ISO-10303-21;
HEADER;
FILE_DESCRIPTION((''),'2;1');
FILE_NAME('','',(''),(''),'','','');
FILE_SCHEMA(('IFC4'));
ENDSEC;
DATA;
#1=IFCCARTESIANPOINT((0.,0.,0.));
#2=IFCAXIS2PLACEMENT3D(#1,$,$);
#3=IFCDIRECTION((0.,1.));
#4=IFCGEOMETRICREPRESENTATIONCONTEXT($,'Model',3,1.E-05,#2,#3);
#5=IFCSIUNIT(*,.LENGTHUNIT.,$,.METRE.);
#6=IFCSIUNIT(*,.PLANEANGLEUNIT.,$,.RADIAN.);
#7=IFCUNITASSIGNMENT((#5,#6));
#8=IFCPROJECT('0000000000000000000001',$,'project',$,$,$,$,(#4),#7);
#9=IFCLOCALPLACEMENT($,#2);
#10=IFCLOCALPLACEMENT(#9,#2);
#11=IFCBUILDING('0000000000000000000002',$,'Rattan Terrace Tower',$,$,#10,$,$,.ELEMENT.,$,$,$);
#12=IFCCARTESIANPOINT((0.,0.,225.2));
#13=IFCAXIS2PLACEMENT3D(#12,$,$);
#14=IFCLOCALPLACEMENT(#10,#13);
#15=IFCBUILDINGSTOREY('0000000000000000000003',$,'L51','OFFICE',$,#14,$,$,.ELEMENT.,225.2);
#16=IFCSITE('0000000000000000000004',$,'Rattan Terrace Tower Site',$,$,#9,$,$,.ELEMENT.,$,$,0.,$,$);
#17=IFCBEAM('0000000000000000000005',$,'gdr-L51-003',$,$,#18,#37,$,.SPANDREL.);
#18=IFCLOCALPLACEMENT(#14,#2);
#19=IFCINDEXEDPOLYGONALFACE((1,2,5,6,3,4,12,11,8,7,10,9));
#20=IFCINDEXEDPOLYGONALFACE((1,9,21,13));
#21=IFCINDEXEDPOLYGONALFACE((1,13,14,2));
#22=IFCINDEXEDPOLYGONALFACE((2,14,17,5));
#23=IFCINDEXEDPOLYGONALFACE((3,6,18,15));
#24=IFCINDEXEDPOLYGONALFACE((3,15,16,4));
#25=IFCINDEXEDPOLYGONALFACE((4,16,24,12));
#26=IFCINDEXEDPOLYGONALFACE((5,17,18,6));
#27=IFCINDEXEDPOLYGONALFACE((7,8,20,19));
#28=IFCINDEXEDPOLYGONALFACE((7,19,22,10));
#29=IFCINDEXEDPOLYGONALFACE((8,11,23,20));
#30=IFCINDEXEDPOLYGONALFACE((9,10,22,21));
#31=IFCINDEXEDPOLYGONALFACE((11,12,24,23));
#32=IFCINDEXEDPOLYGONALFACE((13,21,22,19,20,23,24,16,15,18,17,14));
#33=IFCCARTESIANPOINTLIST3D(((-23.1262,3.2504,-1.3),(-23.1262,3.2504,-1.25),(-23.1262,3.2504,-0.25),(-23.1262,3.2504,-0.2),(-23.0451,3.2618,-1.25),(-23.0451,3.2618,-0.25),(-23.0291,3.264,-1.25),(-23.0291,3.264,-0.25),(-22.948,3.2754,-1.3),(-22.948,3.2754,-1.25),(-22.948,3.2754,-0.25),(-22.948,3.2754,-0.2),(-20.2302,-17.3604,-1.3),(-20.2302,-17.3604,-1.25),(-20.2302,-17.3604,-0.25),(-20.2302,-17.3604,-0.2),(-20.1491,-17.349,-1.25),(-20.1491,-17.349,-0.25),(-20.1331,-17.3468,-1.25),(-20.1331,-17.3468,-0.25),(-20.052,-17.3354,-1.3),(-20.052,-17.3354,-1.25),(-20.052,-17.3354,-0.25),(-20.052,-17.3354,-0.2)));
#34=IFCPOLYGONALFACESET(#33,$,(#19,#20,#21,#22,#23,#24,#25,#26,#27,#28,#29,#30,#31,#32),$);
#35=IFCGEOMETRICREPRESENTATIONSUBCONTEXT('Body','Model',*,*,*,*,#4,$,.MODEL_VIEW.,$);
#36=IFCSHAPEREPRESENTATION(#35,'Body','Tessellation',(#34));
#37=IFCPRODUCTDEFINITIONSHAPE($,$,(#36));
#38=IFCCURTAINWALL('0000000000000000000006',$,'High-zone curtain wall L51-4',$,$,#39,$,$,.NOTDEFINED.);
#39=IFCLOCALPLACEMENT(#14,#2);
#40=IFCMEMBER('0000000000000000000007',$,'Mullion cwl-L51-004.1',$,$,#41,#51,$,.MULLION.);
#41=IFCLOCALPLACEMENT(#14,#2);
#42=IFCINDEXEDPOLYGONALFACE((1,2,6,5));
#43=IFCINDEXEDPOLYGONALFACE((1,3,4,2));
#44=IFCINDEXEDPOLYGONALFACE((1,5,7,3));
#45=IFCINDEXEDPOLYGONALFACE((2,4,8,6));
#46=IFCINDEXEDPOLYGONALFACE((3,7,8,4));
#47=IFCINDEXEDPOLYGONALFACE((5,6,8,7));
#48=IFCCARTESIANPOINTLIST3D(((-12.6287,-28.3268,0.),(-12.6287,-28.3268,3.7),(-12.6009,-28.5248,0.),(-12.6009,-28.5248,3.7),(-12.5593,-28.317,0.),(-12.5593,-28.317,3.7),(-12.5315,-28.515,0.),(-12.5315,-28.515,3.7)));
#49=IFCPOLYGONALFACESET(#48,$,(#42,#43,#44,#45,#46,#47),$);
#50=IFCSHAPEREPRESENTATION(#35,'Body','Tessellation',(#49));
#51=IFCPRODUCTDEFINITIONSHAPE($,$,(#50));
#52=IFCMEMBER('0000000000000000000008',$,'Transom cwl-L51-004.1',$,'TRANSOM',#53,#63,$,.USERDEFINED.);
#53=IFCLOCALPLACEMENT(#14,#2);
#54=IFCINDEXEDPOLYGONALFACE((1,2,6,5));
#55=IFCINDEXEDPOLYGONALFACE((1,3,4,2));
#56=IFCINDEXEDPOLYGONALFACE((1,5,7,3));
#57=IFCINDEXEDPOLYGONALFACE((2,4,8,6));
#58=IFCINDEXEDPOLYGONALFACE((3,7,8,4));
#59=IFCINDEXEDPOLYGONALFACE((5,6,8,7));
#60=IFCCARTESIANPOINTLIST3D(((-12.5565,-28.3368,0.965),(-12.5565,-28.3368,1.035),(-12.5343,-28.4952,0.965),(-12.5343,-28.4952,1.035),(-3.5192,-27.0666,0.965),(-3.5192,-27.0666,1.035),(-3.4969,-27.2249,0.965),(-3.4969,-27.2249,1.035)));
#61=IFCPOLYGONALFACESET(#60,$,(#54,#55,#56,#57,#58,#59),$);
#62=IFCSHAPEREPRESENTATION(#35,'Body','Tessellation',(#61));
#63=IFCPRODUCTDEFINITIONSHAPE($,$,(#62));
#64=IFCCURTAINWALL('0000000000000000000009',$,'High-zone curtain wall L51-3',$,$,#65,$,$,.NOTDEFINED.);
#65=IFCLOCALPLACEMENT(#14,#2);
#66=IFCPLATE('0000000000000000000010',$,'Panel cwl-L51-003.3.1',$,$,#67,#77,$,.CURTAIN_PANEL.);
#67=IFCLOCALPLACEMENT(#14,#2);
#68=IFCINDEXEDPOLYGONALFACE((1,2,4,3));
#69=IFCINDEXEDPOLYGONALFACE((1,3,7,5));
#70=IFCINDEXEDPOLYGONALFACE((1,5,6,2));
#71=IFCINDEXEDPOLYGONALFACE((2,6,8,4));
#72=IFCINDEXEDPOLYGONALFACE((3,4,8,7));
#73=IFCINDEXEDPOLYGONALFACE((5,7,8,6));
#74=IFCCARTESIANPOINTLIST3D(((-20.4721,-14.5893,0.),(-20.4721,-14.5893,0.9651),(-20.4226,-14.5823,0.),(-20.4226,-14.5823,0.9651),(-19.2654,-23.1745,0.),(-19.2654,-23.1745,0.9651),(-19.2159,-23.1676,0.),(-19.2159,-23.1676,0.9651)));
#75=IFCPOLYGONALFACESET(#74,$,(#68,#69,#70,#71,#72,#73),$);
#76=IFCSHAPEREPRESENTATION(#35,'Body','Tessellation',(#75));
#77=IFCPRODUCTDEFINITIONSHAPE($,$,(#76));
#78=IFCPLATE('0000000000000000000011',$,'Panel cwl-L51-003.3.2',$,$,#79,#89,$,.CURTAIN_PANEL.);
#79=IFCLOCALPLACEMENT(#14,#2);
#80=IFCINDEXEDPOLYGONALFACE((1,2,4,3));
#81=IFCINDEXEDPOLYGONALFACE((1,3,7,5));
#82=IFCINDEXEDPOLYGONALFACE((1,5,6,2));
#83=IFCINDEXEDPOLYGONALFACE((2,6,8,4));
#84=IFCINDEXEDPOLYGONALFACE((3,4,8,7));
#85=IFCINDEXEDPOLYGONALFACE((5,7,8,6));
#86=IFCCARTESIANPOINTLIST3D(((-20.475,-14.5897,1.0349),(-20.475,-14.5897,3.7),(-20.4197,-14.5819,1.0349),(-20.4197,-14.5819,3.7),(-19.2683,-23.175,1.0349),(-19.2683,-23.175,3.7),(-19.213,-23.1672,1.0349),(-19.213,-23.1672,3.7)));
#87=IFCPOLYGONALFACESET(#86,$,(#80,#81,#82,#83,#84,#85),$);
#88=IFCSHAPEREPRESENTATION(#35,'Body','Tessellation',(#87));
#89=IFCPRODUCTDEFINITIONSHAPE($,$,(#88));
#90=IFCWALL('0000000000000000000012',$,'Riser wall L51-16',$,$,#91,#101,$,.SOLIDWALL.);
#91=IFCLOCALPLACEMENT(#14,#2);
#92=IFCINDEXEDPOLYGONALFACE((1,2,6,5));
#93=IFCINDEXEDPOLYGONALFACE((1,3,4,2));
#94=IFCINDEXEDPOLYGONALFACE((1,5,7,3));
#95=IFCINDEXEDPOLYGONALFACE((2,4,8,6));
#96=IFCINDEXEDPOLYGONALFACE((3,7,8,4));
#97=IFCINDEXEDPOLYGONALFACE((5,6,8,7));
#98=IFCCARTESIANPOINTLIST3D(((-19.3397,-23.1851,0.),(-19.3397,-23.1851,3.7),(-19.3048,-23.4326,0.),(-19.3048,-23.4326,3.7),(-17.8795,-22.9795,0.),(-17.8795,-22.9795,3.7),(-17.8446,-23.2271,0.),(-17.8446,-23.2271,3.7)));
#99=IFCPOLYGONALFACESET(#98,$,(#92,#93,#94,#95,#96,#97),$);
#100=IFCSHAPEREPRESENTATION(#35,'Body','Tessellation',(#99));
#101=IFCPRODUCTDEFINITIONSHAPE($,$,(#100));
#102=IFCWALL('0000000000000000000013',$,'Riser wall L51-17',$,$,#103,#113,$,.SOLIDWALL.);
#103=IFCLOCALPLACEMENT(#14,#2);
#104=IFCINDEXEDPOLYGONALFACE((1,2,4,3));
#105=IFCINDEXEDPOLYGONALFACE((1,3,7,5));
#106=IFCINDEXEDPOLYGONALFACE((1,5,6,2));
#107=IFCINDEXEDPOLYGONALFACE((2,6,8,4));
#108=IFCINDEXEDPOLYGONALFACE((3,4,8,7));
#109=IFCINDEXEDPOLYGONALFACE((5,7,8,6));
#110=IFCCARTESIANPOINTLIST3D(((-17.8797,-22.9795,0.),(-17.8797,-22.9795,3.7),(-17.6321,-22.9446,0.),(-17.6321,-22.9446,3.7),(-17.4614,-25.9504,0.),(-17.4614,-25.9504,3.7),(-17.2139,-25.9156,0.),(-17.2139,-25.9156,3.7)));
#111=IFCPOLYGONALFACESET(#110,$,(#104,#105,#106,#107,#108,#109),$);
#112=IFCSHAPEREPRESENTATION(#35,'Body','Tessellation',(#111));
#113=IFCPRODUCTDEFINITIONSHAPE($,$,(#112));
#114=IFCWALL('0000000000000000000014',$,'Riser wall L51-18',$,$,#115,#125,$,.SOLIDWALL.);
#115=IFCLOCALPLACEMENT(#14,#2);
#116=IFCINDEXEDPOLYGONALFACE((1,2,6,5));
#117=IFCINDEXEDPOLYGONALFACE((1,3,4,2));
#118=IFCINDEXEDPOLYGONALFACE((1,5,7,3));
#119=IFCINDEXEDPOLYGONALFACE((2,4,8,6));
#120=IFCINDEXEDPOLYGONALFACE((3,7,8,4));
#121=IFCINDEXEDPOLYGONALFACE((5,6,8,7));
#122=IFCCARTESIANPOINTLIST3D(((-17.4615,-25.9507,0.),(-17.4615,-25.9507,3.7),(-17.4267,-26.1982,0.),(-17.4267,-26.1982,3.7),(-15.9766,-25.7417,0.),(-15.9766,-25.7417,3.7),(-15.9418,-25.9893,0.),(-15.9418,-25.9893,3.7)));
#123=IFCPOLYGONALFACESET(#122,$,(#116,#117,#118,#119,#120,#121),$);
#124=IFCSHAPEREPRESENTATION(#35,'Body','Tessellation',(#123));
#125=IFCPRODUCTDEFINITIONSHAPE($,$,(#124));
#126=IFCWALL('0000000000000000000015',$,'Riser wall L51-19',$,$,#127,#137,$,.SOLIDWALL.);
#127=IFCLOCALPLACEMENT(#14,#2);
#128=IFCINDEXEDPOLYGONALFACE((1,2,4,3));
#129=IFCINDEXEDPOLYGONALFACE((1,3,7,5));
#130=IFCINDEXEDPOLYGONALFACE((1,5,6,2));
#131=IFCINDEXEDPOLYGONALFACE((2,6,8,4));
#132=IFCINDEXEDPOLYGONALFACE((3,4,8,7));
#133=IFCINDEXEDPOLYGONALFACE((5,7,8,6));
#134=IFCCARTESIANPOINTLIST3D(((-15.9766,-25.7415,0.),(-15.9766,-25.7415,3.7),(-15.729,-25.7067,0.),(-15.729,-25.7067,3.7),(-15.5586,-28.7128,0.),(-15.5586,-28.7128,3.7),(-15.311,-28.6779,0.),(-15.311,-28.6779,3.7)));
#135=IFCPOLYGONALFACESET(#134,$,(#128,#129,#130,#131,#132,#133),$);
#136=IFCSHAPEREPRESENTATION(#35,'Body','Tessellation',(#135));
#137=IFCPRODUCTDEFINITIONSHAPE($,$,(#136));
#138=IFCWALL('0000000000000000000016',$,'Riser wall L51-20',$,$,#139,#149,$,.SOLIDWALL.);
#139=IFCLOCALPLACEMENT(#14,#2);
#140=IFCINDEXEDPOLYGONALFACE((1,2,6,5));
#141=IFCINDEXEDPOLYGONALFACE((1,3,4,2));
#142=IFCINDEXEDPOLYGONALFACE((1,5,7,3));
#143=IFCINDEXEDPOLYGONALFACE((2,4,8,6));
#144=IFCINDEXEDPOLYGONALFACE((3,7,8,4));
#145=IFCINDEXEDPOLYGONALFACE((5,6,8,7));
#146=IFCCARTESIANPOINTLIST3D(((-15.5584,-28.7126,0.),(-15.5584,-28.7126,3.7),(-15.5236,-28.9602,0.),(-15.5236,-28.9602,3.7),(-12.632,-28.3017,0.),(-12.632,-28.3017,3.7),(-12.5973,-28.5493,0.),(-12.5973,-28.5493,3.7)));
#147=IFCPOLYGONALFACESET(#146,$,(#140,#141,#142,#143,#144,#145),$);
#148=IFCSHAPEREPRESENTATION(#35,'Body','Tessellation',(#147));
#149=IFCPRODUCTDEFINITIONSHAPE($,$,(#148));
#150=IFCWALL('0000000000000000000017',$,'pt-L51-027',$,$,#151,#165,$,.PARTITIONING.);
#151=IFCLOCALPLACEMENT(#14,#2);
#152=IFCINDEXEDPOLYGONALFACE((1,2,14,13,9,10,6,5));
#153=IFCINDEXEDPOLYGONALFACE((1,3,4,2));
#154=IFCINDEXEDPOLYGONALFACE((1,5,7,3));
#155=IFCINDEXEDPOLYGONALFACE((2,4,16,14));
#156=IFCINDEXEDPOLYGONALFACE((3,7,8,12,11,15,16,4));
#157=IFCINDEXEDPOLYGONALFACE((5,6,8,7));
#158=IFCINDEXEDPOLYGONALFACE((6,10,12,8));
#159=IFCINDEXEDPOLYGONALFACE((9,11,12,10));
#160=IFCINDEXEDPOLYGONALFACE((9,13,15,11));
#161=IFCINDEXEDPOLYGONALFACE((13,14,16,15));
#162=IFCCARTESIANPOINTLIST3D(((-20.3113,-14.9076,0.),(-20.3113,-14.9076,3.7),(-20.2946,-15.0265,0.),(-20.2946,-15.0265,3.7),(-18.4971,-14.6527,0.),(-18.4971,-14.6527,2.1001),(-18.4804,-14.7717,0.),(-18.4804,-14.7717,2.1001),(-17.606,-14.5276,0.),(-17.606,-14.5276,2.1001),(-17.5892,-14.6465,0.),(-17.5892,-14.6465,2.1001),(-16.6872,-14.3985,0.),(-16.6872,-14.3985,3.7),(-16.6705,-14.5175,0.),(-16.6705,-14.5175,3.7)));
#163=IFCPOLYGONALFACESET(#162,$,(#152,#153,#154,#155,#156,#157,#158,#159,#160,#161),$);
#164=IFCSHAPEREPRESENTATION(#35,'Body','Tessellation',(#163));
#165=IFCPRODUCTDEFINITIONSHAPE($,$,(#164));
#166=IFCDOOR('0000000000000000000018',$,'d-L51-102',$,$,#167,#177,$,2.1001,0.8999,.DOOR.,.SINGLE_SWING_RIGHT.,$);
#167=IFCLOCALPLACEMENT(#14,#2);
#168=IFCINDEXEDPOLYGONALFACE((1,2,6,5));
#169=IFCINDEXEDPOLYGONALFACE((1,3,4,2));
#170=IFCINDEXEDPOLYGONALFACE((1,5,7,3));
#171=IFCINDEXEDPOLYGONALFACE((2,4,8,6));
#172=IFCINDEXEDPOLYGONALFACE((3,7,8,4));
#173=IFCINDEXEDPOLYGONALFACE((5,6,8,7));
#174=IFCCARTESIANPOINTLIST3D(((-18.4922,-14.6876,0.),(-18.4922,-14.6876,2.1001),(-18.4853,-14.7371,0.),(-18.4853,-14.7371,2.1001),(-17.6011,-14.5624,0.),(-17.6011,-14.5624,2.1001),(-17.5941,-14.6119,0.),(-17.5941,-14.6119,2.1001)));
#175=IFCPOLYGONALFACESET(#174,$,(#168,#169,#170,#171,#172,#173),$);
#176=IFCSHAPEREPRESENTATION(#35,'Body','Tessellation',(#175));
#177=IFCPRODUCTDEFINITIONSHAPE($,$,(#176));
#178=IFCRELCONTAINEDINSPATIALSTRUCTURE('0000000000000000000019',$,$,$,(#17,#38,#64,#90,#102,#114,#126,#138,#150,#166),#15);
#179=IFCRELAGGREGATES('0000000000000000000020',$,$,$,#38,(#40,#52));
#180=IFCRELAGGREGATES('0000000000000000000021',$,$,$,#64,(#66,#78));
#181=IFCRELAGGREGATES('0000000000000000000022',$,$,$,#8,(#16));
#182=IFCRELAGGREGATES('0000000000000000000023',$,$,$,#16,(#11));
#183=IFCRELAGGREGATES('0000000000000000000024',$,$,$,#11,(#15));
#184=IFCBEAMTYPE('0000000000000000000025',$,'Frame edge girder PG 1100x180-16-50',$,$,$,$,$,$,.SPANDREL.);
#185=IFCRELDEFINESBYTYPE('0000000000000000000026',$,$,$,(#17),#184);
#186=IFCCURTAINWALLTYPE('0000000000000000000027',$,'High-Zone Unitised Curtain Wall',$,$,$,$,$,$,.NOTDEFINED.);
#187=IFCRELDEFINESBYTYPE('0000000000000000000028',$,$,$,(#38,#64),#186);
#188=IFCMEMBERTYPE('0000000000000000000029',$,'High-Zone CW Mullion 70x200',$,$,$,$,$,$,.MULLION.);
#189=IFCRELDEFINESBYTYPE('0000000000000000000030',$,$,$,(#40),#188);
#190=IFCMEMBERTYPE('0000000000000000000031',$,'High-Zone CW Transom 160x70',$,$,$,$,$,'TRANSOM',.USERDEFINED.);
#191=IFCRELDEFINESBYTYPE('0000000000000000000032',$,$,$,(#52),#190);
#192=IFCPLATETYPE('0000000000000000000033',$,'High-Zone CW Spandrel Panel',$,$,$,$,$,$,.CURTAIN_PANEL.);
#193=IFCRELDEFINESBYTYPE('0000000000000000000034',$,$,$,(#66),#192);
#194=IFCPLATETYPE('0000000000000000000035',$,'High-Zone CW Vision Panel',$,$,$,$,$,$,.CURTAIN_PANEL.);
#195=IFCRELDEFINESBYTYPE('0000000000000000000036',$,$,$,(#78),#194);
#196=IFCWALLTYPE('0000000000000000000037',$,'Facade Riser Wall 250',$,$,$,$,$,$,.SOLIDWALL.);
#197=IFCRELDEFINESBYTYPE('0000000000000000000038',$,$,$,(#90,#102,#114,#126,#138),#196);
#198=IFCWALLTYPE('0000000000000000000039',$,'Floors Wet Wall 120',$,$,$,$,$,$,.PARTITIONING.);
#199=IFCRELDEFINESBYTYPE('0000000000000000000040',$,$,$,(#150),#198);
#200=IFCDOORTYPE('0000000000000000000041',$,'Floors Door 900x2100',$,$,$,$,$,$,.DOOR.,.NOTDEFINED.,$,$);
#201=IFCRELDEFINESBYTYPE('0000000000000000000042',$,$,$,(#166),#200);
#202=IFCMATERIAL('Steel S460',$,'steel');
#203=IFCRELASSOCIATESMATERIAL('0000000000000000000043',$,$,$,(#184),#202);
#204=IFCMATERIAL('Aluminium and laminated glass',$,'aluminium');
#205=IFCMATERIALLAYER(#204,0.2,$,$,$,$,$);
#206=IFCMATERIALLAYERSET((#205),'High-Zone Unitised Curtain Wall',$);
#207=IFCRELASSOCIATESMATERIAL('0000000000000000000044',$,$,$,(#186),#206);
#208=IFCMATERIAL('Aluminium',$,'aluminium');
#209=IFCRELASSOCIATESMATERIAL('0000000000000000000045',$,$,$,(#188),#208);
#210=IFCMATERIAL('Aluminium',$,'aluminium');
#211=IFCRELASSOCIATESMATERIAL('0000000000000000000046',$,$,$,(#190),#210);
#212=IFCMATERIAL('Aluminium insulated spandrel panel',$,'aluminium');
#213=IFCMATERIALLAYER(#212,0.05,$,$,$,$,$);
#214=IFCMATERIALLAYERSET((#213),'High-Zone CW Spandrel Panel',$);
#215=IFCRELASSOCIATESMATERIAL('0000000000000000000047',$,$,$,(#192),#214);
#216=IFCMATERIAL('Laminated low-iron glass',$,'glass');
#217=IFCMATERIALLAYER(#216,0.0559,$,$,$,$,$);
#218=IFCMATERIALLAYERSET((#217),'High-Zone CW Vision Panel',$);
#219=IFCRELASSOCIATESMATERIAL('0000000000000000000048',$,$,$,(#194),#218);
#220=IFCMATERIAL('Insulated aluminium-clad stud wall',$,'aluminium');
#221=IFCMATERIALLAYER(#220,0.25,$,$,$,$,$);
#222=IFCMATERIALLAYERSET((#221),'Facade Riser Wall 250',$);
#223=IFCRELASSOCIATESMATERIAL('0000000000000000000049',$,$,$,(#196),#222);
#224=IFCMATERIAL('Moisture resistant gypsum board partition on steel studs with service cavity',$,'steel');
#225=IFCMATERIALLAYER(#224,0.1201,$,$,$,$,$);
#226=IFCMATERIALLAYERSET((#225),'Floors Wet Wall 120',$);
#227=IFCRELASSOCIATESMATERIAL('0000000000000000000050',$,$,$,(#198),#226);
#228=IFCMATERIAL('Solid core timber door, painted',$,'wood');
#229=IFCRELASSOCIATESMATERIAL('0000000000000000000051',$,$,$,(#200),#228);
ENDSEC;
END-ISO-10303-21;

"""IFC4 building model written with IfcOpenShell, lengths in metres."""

from ifc_helpers import new_model, si_unit, direction, frame, frame_2d, origin, origin_2d, place, context, subcontext, project, spatial, rectangle, i_section, extrude, material, layer, layer_set, material_profile, profile_set, type_object, element, fill, aggregate, save


model = new_model("IFC4")

# Units and contexts
model_context = context("Model", 3, precision=1e-05, world=origin(), true_north=direction((0.0, 1.0)))
body_context = subcontext(model_context, "Body", "Model", "MODEL_VIEW")
ifc_project = project(units=[si_unit("LENGTHUNIT", "METRE"), si_unit("PLANEANGLEUNIT", "RADIAN")], contexts=[model_context])

# Site, building, storey
site_placement = place(None, origin())
site = spatial("IfcSite", under=ifc_project, at=site_placement, Name="Rattan Terrace Tower Site", CompositionType="ELEMENT", RefElevation=0.0)
building_placement = place(site_placement, origin())
building = spatial("IfcBuilding", under=site, at=building_placement, Name="Rattan Terrace Tower", CompositionType="ELEMENT")
storey_placement = place(building_placement, frame((0.0, 0.0, 225.2)))
storey = spatial("IfcBuildingStorey", under=building, at=storey_placement, Name="L51", Description="OFFICE", CompositionType="ELEMENT", Elevation=225.2)

# Beam
ifc_material_1 = material(Name="Steel S460", Category="steel")
ifc_material_profile_1 = material_profile(ifc_material_1, i_section(OverallWidth=0.1799, OverallDepth=1.1001, WebThickness=0.0161, FlangeThickness=0.05, at=origin_2d()), Name="PG 1100x180-16-50")
ifc_profile_set_1 = profile_set([ifc_material_profile_1], Name="Steel S460")
beam_type = type_object("IfcBeamType", Name="Frame edge girder PG 1100x180-16-50", PredefinedType="SPANDREL", material=ifc_profile_set_1)
beam_placement = place(storey_placement, frame((-20.1411, -17.3479, -0.75), z_axis=(-0.139142, 0.990272, 0.0), x_axis=(-0.990272, -0.139142, 0.0)))
element("IfcBeam", 1, at=beam_placement, inside=storey, type_object=beam_type, Name="gdr-L51-003", PredefinedType="SPANDREL", context=body_context, shape_type="SweptSolid", body=[
    extrude(i_section(OverallWidth=0.1799, OverallDepth=1.1001, WebThickness=0.0161, FlangeThickness=0.05, at=origin_2d()), origin(), (0.0, 0.0, 1.0), 20.8132),
])

# Curtain wall, members
ifc_material_2 = material(Name="Aluminium and laminated glass", Category="aluminium")
ifc_layer_1 = layer(ifc_material_2, 0.2)
ifc_layer_set_1 = layer_set([ifc_layer_1], Name="High-Zone Unitised Curtain Wall")
curtain_wall_type = type_object("IfcCurtainWallType", Name="High-Zone Unitised Curtain Wall", PredefinedType="NOTDEFINED", material=ifc_layer_set_1)
curtain_wall_1_placement = place(storey_placement, origin())
curtain_wall_1 = element("IfcCurtainWall", 2, at=curtain_wall_1_placement, inside=storey, type_object=curtain_wall_type, Name="High-zone curtain wall L51-4", PredefinedType="NOTDEFINED")
ifc_material_3 = material(Name="Aluminium", Category="aluminium")
ifc_material_profile_2 = material_profile(ifc_material_3, rectangle(XDim=0.0701, YDim=0.2, at=origin_2d()), Name="Aluminium 70x200")
ifc_profile_set_2 = profile_set([ifc_material_profile_2], Name="Aluminium")
member_type_1 = type_object("IfcMemberType", Name="High-Zone CW Mullion 70x200", PredefinedType="MULLION", material=ifc_profile_set_2)
member_1_placement = place(storey_placement, frame((-12.5801, -28.4209, 0.0), z_axis=(0.0, 0.0, 1.0), x_axis=(0.990267, 0.139177, 0.0)))
member_1 = element("IfcMember", 3, at=member_1_placement, type_object=member_type_1, Name="Mullion cwl-L51-004.1", PredefinedType="MULLION", context=body_context, shape_type="SweptSolid", body=[
    extrude(rectangle(XDim=0.0701, YDim=0.2, at=origin_2d()), origin(), (0.0, 0.0, 1.0), 3.7),
])
ifc_material_4 = material(Name="Aluminium", Category="aluminium")
ifc_material_profile_3 = material_profile(ifc_material_4, rectangle(XDim=0.1599, YDim=0.0701, at=origin_2d()), Name="Aluminium 160x70")
ifc_profile_set_3 = profile_set([ifc_material_profile_3], Name="Aluminium")
member_type_2 = type_object("IfcMemberType", Name="High-Zone CW Transom 160x70", ElementType="TRANSOM", PredefinedType="USERDEFINED", material=ifc_profile_set_3)
member_2_placement = place(storey_placement, frame((-12.5454, -28.416, 1.0), z_axis=(0.990266, 0.139189, 0.0), x_axis=(-0.139189, 0.990266, 0.0)))
member_2 = element("IfcMember", 4, at=member_2_placement, type_object=member_type_2, Name="Transom cwl-L51-004.1", ObjectType="TRANSOM", PredefinedType="USERDEFINED", context=body_context, shape_type="SweptSolid", body=[
    extrude(rectangle(XDim=0.1599, YDim=0.0701, at=origin_2d()), origin(), (0.0, 0.0, 1.0), 9.1262),
])
aggregate(curtain_wall_1, [member_1, member_2])

# Curtain wall, plates
curtain_wall_2_placement = place(storey_placement, origin())
curtain_wall_2 = element("IfcCurtainWall", 5, at=curtain_wall_2_placement, inside=storey, type_object=curtain_wall_type, Name="High-zone curtain wall L51-3", PredefinedType="NOTDEFINED")
ifc_material_5 = material(Name="Aluminium insulated spandrel panel", Category="aluminium")
ifc_layer_2 = layer(ifc_material_5, 0.05)
ifc_layer_set_2 = layer_set([ifc_layer_2], Name="High-Zone CW Spandrel Panel")
plate_type_1 = type_object("IfcPlateType", Name="High-Zone CW Spandrel Panel", PredefinedType="CURTAIN_PANEL", material=ifc_layer_set_2)
plate_1_placement = place(storey_placement, frame((-19.844, -18.8784, 0.0), z_axis=(0.0, 0.0, 1.0), x_axis=(0.139186, -0.990266, 0.0)))
plate_1 = element("IfcPlate", 6, at=plate_1_placement, type_object=plate_type_1, Name="Panel cwl-L51-003.3.1", PredefinedType="CURTAIN_PANEL", context=body_context, shape_type="SweptSolid", body=[
    extrude(rectangle(XDim=8.6697, YDim=0.05, at=origin_2d()), origin(), (0.0, 0.0, 1.0), 0.9651),
])
ifc_material_6 = material(Name="Laminated low-iron glass", Category="glass")
ifc_layer_3 = layer(ifc_material_6, 0.0559)
ifc_layer_set_3 = layer_set([ifc_layer_3], Name="High-Zone CW Vision Panel")
plate_type_2 = type_object("IfcPlateType", Name="High-Zone CW Vision Panel", PredefinedType="CURTAIN_PANEL", material=ifc_layer_set_3)
plate_2_placement = place(storey_placement, frame((-19.844, -18.8784, 1.0349), z_axis=(0.0, 0.0, 1.0), x_axis=(0.139186, -0.990266, 0.0)))
plate_2 = element("IfcPlate", 7, at=plate_2_placement, type_object=plate_type_2, Name="Panel cwl-L51-003.3.2", PredefinedType="CURTAIN_PANEL", context=body_context, shape_type="SweptSolid", body=[
    extrude(rectangle(XDim=8.6697, YDim=0.0559, at=origin_2d()), origin(), (0.0, 0.0, 1.0), 2.665),
])
aggregate(curtain_wall_2, [plate_1, plate_2])

# Walls
ifc_material_7 = material(Name="Insulated aluminium-clad stud wall", Category="aluminium")
ifc_layer_4 = layer(ifc_material_7, 0.25)
ifc_layer_set_4 = layer_set([ifc_layer_4], Name="Facade Riser Wall 250")
wall_type_1 = type_object("IfcWallType", Name="Facade Riser Wall 250", PredefinedType="SOLIDWALL", material=ifc_layer_set_4)
wall_1_placement = place(storey_placement, frame((-19.3223, -23.3088, 0.0), z_axis=(0.0, 0.0, 1.0), x_axis=(0.990236, 0.139404, 0.0)))
element("IfcWall", 8, at=wall_1_placement, inside=storey, type_object=wall_type_1, Name="Riser wall L51-16", PredefinedType="SOLIDWALL", context=body_context, shape_type="SweptSolid", body=[
    extrude(rectangle(XDim=1.4746, YDim=0.25, at=frame_2d((0.7373, 0.0))), origin(), (0.0, 0.0, 1.0), 3.7),
])
wall_2_placement = place(storey_placement, frame((-17.7559, -22.9622, 0.0), z_axis=(0.0, 0.0, 1.0), x_axis=(0.139393, -0.990237, 0.0)))
element("IfcWall", 9, at=wall_2_placement, inside=storey, type_object=wall_type_1, Name="Riser wall L51-17", PredefinedType="SOLIDWALL", context=body_context, shape_type="SweptSolid", body=[
    extrude(rectangle(XDim=3.0002, YDim=0.25, at=frame_2d((1.5, 0.0))), origin(), (0.0, 0.0, 1.0), 3.7),
])
wall_3_placement = place(storey_placement, frame((-17.4441, -26.0745, 0.0), z_axis=(0.0, 0.0, 1.0), x_axis=(0.99024, 0.13937, 0.0)))
element("IfcWall", 10, at=wall_3_placement, inside=storey, type_object=wall_type_1, Name="Riser wall L51-18", PredefinedType="SOLIDWALL", context=body_context, shape_type="SweptSolid", body=[
    extrude(rectangle(XDim=1.4995, YDim=0.25, at=frame_2d((0.7498, 0.0))), origin(), (0.0, 0.0, 1.0), 3.7),
])
wall_4_placement = place(storey_placement, frame((-15.8528, -25.7241, 0.0), z_axis=(0.0, 0.0, 1.0), x_axis=(0.139302, -0.99025, 0.0)))
element("IfcWall", 11, at=wall_4_placement, inside=storey, type_object=wall_type_1, Name="Riser wall L51-19", PredefinedType="SOLIDWALL", context=body_context, shape_type="SweptSolid", body=[
    extrude(rectangle(XDim=3.0005, YDim=0.25, at=frame_2d((1.5002, 0.0))), origin(), (0.0, 0.0, 1.0), 3.7),
])
wall_5_placement = place(storey_placement, frame((-15.541, -28.8364, 0.0), z_axis=(0.0, 0.0, 1.0), x_axis=(0.990285, 0.13905, 0.0)))
element("IfcWall", 12, at=wall_5_placement, inside=storey, type_object=wall_type_1, Name="Riser wall L51-20", PredefinedType="SOLIDWALL", context=body_context, shape_type="SweptSolid", body=[
    extrude(rectangle(XDim=2.9551, YDim=0.25, at=frame_2d((1.4775, 0.0))), origin(), (0.0, 0.0, 1.0), 3.7),
])

# Wall, opening, door
ifc_material_8 = material(Name="Moisture resistant gypsum board partition on steel studs with service cavity", Category="steel")
ifc_layer_5 = layer(ifc_material_8, 0.1201)
ifc_layer_set_5 = layer_set([ifc_layer_5], Name="Floors Wet Wall 120")
wall_type_2 = type_object("IfcWallType", Name="Floors Wet Wall 120", PredefinedType="PARTITIONING", material=ifc_layer_set_5)
wall_6_placement = place(storey_placement, frame((-20.303, -14.967, 0.0), z_axis=(0.0, 0.0, 1.0), x_axis=(0.990279, 0.139095, 0.0)))
wall_6 = element("IfcWall", 13, at=wall_6_placement, inside=storey, type_object=wall_type_2, Name="pt-L51-027", PredefinedType="PARTITIONING", context=body_context, shape_type="SweptSolid", body=[
    extrude(rectangle(XDim=3.6597, YDim=0.1201, at=frame_2d((1.8298, 0.0))), origin(), (0.0, 0.0, 1.0), 3.7),
])
opening_placement = place(wall_6_placement, frame((1.832, 0.0, 0.0)))
opening = element("IfcOpeningElement", 14, at=opening_placement, cuts=wall_6, PredefinedType="OPENING", context=body_context, shape_type="SweptSolid", body=[
    extrude(rectangle(XDim=0.8999, YDim=2.1001, at=frame_2d((0.45, 1.05))), frame((0.0, 0.0706, 0.0), z_axis=(0.0, -1.0, 0.0), x_axis=(1.0, 0.0, 0.0)), (0.0, 0.0, 1.0), 0.1411),
])
ifc_material_9 = material(Name="Solid core timber door, painted", Category="wood")
door_type = type_object("IfcDoorType", Name="Floors Door 900x2100", OperationType="NOTDEFINED", PredefinedType="DOOR", material=ifc_material_9)
door_placement = place(opening_placement, origin())
door = element("IfcDoor", 15, at=door_placement, inside=storey, type_object=door_type, Name="d-L51-102", OperationType="SINGLE_SWING_RIGHT", OverallHeight=2.1001, OverallWidth=0.8999, PredefinedType="DOOR", context=body_context, shape_type="SweptSolid", body=[
    extrude(rectangle(XDim=0.8999, YDim=2.1001, at=frame_2d((0.45, 1.05))), frame((0.0, 0.0249, 0.0), z_axis=(0.0, -1.0, 0.0), x_axis=(1.0, 0.0, 0.0)), (0.0, 0.0, 1.0), 0.05),
])
fill(opening, door)

save(model, "model.ifc")
